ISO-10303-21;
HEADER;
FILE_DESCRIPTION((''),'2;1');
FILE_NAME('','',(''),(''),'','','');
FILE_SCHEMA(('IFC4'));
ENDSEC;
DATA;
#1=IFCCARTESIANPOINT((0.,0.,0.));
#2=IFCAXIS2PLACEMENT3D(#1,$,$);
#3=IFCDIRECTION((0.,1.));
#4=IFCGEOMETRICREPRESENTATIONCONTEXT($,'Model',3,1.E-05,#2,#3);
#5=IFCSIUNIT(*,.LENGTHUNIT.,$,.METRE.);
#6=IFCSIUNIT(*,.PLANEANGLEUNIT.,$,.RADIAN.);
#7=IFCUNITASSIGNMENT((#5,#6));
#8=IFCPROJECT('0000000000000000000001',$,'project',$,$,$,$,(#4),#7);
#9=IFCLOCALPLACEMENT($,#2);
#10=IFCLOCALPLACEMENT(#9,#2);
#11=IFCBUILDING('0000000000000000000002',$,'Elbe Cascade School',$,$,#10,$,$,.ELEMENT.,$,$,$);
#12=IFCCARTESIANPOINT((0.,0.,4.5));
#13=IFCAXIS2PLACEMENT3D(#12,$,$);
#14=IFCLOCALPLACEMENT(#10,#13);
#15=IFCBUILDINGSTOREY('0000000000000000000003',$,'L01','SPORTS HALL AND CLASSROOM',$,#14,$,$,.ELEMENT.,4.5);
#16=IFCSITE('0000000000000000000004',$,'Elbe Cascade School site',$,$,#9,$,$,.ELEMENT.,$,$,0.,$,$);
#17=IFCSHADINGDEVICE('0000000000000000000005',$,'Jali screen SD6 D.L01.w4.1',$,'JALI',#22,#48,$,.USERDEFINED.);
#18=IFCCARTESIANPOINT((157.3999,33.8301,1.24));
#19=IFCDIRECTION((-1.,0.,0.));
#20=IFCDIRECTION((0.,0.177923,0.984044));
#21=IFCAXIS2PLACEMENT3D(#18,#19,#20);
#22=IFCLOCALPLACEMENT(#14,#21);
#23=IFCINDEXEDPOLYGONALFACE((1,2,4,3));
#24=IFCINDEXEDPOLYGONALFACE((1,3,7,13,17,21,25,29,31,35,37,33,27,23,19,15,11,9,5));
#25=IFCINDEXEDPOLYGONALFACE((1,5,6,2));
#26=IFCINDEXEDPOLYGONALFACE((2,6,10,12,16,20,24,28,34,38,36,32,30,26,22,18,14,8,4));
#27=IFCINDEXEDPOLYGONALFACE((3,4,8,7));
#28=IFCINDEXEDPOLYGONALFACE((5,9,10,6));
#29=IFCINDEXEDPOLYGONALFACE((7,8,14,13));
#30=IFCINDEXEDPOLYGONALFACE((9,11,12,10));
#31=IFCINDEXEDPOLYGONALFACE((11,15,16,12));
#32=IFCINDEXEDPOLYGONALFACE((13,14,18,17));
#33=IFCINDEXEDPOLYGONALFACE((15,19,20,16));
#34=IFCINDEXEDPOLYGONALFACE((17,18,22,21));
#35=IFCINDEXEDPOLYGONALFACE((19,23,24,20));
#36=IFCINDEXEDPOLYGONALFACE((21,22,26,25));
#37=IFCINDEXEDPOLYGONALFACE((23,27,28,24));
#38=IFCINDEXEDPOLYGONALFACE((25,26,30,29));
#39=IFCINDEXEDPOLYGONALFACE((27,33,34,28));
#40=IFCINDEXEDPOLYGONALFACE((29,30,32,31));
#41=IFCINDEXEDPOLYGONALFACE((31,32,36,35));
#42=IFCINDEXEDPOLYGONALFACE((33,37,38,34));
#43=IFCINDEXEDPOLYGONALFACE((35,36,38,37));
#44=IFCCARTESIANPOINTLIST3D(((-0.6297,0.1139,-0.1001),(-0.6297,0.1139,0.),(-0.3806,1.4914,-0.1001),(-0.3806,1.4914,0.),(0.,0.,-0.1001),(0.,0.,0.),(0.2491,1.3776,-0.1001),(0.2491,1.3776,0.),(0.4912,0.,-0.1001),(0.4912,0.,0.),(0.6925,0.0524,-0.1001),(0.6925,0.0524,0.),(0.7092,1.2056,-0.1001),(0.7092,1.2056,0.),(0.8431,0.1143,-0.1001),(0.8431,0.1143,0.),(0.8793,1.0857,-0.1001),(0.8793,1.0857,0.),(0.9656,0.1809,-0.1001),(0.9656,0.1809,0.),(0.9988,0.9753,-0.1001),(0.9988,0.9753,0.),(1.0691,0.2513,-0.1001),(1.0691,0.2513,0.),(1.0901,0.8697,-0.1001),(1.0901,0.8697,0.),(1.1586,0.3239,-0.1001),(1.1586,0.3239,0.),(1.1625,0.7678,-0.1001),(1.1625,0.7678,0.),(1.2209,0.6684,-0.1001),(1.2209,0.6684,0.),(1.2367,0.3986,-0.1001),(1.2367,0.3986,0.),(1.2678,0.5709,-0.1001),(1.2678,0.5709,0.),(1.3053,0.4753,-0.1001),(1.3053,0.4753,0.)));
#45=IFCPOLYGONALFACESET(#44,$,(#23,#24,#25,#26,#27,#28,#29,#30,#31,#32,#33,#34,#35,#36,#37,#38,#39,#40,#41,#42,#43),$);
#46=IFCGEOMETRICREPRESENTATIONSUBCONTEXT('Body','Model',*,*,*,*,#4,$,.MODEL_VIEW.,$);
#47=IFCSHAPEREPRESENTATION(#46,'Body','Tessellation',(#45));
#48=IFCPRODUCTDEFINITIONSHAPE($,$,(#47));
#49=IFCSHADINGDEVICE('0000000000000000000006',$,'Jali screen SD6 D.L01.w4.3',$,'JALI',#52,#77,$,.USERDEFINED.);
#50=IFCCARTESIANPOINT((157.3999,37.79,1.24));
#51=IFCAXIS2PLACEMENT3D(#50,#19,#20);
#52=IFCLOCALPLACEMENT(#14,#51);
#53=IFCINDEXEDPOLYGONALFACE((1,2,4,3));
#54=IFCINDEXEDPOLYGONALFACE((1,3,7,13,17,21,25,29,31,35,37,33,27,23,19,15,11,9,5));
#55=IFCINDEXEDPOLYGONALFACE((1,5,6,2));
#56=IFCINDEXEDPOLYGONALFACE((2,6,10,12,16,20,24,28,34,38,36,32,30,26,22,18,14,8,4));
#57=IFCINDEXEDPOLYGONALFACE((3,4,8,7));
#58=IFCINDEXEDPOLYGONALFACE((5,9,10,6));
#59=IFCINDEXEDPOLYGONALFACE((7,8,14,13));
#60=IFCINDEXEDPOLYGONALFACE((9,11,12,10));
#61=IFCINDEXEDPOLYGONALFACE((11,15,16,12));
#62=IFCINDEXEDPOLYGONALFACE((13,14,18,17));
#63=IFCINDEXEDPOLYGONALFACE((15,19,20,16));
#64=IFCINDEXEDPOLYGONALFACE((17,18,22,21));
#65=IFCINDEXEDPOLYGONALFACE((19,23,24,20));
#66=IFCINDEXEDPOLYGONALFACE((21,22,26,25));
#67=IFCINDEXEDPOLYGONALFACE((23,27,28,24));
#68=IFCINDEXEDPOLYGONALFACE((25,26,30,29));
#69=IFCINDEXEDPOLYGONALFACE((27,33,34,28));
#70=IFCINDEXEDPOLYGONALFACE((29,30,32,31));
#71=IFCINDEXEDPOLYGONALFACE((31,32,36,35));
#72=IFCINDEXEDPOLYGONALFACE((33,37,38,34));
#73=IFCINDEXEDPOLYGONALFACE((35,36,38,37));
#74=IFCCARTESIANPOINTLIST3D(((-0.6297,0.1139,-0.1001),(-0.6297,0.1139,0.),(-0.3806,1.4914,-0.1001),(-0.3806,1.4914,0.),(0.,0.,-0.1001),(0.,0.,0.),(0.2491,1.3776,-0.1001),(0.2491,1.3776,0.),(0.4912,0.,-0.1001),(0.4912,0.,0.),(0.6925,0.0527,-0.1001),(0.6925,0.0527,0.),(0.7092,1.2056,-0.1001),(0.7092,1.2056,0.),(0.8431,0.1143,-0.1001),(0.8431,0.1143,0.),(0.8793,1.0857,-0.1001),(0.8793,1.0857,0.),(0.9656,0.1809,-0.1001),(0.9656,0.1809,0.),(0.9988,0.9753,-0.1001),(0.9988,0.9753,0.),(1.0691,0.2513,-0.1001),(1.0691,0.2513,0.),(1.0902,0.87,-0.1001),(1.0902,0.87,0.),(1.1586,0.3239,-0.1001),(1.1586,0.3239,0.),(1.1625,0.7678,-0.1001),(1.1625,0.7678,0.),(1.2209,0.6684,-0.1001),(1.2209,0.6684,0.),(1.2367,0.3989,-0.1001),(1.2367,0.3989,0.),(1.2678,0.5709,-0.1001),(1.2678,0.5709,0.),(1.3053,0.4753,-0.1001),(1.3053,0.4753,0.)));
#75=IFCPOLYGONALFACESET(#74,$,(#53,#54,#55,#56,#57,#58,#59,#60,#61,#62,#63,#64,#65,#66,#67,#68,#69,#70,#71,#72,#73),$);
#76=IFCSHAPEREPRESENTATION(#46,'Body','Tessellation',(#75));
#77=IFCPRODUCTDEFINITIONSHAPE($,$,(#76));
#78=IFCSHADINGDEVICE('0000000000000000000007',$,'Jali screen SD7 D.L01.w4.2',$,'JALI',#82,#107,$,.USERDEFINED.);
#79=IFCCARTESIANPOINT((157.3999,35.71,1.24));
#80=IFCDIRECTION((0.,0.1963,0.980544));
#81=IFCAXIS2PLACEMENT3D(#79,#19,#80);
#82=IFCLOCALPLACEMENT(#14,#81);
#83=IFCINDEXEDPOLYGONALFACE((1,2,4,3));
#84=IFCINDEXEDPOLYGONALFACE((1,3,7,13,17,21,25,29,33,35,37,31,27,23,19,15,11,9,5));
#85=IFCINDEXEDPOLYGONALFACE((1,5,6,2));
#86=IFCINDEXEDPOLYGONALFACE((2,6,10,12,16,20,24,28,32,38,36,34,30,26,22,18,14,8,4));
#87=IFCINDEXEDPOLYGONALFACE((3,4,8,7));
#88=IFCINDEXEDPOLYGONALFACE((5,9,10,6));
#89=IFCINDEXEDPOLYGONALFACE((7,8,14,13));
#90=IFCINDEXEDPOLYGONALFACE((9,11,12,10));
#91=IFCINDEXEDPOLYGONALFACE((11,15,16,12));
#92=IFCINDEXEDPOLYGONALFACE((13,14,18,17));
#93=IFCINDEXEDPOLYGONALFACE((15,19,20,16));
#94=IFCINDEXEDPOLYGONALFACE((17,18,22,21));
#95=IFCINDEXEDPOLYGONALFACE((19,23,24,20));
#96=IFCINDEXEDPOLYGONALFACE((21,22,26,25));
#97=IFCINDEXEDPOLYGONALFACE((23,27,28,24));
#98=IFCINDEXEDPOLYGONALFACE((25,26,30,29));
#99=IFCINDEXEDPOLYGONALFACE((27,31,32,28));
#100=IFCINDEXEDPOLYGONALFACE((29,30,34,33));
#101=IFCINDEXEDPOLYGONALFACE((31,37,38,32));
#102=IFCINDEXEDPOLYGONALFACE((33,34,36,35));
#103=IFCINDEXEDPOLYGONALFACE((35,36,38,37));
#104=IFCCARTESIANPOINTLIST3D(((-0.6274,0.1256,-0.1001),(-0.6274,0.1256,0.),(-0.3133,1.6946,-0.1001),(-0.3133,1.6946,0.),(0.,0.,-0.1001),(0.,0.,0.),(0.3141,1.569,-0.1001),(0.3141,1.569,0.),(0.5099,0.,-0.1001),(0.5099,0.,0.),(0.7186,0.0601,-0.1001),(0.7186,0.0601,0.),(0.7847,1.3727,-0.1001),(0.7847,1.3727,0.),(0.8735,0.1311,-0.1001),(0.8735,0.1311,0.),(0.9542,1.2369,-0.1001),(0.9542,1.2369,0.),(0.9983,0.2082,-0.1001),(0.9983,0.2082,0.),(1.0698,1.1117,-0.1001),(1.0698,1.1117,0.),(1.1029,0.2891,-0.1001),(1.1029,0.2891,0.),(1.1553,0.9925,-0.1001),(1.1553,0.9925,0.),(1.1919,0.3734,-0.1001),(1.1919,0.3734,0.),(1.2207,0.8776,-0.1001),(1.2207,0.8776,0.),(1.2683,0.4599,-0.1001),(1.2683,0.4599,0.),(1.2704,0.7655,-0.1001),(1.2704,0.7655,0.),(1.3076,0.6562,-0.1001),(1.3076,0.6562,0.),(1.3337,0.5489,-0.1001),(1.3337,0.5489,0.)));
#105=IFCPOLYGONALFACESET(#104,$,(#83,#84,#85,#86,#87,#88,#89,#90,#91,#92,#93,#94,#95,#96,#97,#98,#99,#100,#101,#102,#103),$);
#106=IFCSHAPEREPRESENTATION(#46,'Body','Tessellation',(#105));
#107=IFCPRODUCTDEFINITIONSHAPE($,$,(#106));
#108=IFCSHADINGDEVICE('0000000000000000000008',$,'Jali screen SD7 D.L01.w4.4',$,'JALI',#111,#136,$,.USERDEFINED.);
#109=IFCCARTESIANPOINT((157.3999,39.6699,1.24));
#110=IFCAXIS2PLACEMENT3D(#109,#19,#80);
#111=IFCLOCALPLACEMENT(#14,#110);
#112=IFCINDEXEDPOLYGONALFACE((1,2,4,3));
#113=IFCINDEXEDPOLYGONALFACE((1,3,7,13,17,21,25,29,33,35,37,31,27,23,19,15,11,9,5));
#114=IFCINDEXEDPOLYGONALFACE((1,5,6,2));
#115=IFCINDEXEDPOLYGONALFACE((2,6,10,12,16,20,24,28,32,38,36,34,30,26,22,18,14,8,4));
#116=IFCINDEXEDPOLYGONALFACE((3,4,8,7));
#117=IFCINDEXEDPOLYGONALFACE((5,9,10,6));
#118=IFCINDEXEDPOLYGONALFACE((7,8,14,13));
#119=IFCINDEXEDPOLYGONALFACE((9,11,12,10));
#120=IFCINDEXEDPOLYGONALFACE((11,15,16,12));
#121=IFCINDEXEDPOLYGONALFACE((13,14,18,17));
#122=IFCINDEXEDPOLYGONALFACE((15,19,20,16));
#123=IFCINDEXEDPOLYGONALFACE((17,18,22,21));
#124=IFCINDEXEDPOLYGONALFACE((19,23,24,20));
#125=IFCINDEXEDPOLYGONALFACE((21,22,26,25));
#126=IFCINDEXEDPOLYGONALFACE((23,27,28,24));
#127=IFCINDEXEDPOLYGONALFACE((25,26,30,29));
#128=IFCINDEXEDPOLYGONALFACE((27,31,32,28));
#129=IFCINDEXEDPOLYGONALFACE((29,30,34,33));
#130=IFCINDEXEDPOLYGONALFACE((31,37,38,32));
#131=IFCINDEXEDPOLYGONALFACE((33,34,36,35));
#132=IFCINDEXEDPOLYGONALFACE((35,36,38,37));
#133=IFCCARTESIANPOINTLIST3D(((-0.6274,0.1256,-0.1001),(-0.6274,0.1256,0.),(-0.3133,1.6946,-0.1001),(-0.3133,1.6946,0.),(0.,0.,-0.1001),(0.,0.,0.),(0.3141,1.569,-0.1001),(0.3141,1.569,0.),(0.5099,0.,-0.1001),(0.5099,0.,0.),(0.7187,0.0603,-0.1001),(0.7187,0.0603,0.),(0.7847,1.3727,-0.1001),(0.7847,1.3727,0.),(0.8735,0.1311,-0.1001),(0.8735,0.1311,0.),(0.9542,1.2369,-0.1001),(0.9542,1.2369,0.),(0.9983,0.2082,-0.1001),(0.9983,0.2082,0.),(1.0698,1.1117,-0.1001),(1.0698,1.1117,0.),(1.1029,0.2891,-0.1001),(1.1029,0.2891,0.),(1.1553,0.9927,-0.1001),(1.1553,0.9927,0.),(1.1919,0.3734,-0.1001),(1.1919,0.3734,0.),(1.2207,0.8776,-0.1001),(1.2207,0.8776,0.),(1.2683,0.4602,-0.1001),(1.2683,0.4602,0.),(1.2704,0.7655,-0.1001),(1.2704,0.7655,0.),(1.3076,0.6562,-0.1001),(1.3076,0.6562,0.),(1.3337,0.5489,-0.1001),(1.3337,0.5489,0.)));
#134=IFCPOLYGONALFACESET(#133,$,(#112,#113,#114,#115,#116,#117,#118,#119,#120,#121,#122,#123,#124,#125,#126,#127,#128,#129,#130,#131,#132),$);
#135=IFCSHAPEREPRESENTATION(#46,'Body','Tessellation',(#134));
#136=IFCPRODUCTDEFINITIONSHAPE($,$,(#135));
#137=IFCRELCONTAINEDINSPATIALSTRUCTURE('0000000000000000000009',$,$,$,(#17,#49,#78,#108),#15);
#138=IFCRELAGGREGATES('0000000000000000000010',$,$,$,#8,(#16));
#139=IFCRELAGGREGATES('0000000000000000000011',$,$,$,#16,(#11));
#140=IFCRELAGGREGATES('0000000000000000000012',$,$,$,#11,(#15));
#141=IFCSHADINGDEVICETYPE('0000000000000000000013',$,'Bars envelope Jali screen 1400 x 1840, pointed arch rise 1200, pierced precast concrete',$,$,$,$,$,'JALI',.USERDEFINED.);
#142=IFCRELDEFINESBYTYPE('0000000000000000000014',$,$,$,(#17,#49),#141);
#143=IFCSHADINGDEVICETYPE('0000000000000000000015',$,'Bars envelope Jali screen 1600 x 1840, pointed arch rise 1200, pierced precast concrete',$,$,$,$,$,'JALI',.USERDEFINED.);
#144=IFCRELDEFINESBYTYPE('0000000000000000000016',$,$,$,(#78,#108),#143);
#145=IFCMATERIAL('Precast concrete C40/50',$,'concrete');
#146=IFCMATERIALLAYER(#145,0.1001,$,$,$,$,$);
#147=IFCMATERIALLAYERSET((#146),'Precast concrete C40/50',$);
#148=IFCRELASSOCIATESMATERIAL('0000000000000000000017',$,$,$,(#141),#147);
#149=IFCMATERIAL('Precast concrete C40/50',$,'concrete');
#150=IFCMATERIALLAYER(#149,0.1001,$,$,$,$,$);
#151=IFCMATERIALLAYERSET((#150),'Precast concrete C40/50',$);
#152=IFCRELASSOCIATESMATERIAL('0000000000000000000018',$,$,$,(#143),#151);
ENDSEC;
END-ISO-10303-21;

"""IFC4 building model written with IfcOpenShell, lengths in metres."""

from ifc_helpers import new_model, si_unit, direction, frame, origin, place, context, subcontext, project, spatial, polyline, outline, extrude, material, layer, layer_set, type_object, element, save


model = new_model("IFC4")

# Units and contexts
model_context = context("Model", 3, precision=1e-05, world=origin(), true_north=direction((0.0, 1.0)))
body_context = subcontext(model_context, "Body", "Model", "MODEL_VIEW")
ifc_project = project(units=[si_unit("LENGTHUNIT", "METRE"), si_unit("PLANEANGLEUNIT", "RADIAN")], contexts=[model_context])

# Site, building, storey
site_placement = place(None, origin())
site = spatial("IfcSite", under=ifc_project, at=site_placement, Name="Elbe Cascade School site", CompositionType="ELEMENT", RefElevation=0.0)
building_placement = place(site_placement, origin())
building = spatial("IfcBuilding", under=site, at=building_placement, Name="Elbe Cascade School", CompositionType="ELEMENT")
storey_placement = place(building_placement, frame((0.0, 0.0, 4.5)))
storey = spatial("IfcBuildingStorey", under=building, at=storey_placement, Name="L01", Description="SPORTS HALL AND CLASSROOM", CompositionType="ELEMENT", Elevation=4.5)

# Shading devices
ifc_material_1 = material(Name="Precast concrete C40/50", Category="concrete")
ifc_layer_1 = layer(ifc_material_1, 0.1001)
ifc_layer_set_1 = layer_set([ifc_layer_1], Name="Precast concrete C40/50")
shading_device_type_1 = type_object("IfcShadingDeviceType", Name="Bars envelope Jali screen 1400 x 1840, pointed arch rise 1200, pierced precast concrete", ElementType="JALI", PredefinedType="USERDEFINED", material=ifc_layer_set_1)
shading_device_1_placement = place(storey_placement, frame((157.3999, 33.8301, 1.24), z_axis=(-1.0, 0.0, 0.0), x_axis=(0.0, 0.177923, 0.984044)))
element("IfcShadingDevice", 1, at=shading_device_1_placement, inside=storey, type_object=shading_device_type_1, Name="Jali screen SD6 D.L01.w4.1", ObjectType="JALI", PredefinedType="USERDEFINED", context=body_context, shape_type="SweptSolid", body=[
    extrude(outline(polyline([(0.0, 0.0), (0.4912, 0.0), (0.6925, 0.0524), (0.8431, 0.1143), (0.9656, 0.1809), (1.0691, 0.2513), (1.1586, 0.3239), (1.2367, 0.3986), (1.3053, 0.4753), (1.2678, 0.5709), (1.2209, 0.6684), (1.1625, 0.7678), (1.0901, 0.8697), (0.9988, 0.9753), (0.8793, 1.0857), (0.7092, 1.2056), (0.2491, 1.3776), (-0.3806, 1.4914), (-0.6297, 0.1139), (0.0, 0.0)])), origin(), (0.0, 0.0, -1.0), 0.1001),
])
shading_device_2_placement = place(storey_placement, frame((157.3999, 37.79, 1.24), z_axis=(-1.0, 0.0, 0.0), x_axis=(0.0, 0.177923, 0.984044)))
element("IfcShadingDevice", 2, at=shading_device_2_placement, inside=storey, type_object=shading_device_type_1, Name="Jali screen SD6 D.L01.w4.3", ObjectType="JALI", PredefinedType="USERDEFINED", context=body_context, shape_type="SweptSolid", body=[
    extrude(outline(polyline([(0.0, 0.0), (0.4912, 0.0), (0.6925, 0.0527), (0.8431, 0.1143), (0.9656, 0.1809), (1.0691, 0.2513), (1.1586, 0.3239), (1.2367, 0.3989), (1.3053, 0.4753), (1.2678, 0.5709), (1.2209, 0.6684), (1.1625, 0.7678), (1.0902, 0.87), (0.9988, 0.9753), (0.8793, 1.0857), (0.7092, 1.2056), (0.2491, 1.3776), (-0.3806, 1.4914), (-0.6297, 0.1139), (0.0, 0.0)])), origin(), (0.0, 0.0, -1.0), 0.1001),
])
ifc_material_2 = material(Name="Precast concrete C40/50", Category="concrete")
ifc_layer_2 = layer(ifc_material_2, 0.1001)
ifc_layer_set_2 = layer_set([ifc_layer_2], Name="Precast concrete C40/50")
shading_device_type_2 = type_object("IfcShadingDeviceType", Name="Bars envelope Jali screen 1600 x 1840, pointed arch rise 1200, pierced precast concrete", ElementType="JALI", PredefinedType="USERDEFINED", material=ifc_layer_set_2)
shading_device_3_placement = place(storey_placement, frame((157.3999, 35.71, 1.24), z_axis=(-1.0, 0.0, 0.0), x_axis=(0.0, 0.1963, 0.980544)))
element("IfcShadingDevice", 3, at=shading_device_3_placement, inside=storey, type_object=shading_device_type_2, Name="Jali screen SD7 D.L01.w4.2", ObjectType="JALI", PredefinedType="USERDEFINED", context=body_context, shape_type="SweptSolid", body=[
    extrude(outline(polyline([(0.0, 0.0), (0.5099, 0.0), (0.7186, 0.0601), (0.8735, 0.1311), (0.9983, 0.2082), (1.1029, 0.2891), (1.1919, 0.3734), (1.2683, 0.4599), (1.3337, 0.5489), (1.3076, 0.6562), (1.2704, 0.7655), (1.2207, 0.8776), (1.1553, 0.9925), (1.0698, 1.1117), (0.9542, 1.2369), (0.7847, 1.3727), (0.3141, 1.569), (-0.3133, 1.6946), (-0.6274, 0.1256), (0.0, 0.0)])), origin(), (0.0, 0.0, -1.0), 0.1001),
])
shading_device_4_placement = place(storey_placement, frame((157.3999, 39.6699, 1.24), z_axis=(-1.0, 0.0, 0.0), x_axis=(0.0, 0.1963, 0.980544)))
element("IfcShadingDevice", 4, at=shading_device_4_placement, inside=storey, type_object=shading_device_type_2, Name="Jali screen SD7 D.L01.w4.4", ObjectType="JALI", PredefinedType="USERDEFINED", context=body_context, shape_type="SweptSolid", body=[
    extrude(outline(polyline([(0.0, 0.0), (0.5099, 0.0), (0.7187, 0.0603), (0.8735, 0.1311), (0.9983, 0.2082), (1.1029, 0.2891), (1.1919, 0.3734), (1.2683, 0.4602), (1.3337, 0.5489), (1.3076, 0.6562), (1.2704, 0.7655), (1.2207, 0.8776), (1.1553, 0.9927), (1.0698, 1.1117), (0.9542, 1.2369), (0.7847, 1.3727), (0.3141, 1.569), (-0.3133, 1.6946), (-0.6274, 0.1256), (0.0, 0.0)])), origin(), (0.0, 0.0, -1.0), 0.1001),
])

save(model, "model.ifc")
